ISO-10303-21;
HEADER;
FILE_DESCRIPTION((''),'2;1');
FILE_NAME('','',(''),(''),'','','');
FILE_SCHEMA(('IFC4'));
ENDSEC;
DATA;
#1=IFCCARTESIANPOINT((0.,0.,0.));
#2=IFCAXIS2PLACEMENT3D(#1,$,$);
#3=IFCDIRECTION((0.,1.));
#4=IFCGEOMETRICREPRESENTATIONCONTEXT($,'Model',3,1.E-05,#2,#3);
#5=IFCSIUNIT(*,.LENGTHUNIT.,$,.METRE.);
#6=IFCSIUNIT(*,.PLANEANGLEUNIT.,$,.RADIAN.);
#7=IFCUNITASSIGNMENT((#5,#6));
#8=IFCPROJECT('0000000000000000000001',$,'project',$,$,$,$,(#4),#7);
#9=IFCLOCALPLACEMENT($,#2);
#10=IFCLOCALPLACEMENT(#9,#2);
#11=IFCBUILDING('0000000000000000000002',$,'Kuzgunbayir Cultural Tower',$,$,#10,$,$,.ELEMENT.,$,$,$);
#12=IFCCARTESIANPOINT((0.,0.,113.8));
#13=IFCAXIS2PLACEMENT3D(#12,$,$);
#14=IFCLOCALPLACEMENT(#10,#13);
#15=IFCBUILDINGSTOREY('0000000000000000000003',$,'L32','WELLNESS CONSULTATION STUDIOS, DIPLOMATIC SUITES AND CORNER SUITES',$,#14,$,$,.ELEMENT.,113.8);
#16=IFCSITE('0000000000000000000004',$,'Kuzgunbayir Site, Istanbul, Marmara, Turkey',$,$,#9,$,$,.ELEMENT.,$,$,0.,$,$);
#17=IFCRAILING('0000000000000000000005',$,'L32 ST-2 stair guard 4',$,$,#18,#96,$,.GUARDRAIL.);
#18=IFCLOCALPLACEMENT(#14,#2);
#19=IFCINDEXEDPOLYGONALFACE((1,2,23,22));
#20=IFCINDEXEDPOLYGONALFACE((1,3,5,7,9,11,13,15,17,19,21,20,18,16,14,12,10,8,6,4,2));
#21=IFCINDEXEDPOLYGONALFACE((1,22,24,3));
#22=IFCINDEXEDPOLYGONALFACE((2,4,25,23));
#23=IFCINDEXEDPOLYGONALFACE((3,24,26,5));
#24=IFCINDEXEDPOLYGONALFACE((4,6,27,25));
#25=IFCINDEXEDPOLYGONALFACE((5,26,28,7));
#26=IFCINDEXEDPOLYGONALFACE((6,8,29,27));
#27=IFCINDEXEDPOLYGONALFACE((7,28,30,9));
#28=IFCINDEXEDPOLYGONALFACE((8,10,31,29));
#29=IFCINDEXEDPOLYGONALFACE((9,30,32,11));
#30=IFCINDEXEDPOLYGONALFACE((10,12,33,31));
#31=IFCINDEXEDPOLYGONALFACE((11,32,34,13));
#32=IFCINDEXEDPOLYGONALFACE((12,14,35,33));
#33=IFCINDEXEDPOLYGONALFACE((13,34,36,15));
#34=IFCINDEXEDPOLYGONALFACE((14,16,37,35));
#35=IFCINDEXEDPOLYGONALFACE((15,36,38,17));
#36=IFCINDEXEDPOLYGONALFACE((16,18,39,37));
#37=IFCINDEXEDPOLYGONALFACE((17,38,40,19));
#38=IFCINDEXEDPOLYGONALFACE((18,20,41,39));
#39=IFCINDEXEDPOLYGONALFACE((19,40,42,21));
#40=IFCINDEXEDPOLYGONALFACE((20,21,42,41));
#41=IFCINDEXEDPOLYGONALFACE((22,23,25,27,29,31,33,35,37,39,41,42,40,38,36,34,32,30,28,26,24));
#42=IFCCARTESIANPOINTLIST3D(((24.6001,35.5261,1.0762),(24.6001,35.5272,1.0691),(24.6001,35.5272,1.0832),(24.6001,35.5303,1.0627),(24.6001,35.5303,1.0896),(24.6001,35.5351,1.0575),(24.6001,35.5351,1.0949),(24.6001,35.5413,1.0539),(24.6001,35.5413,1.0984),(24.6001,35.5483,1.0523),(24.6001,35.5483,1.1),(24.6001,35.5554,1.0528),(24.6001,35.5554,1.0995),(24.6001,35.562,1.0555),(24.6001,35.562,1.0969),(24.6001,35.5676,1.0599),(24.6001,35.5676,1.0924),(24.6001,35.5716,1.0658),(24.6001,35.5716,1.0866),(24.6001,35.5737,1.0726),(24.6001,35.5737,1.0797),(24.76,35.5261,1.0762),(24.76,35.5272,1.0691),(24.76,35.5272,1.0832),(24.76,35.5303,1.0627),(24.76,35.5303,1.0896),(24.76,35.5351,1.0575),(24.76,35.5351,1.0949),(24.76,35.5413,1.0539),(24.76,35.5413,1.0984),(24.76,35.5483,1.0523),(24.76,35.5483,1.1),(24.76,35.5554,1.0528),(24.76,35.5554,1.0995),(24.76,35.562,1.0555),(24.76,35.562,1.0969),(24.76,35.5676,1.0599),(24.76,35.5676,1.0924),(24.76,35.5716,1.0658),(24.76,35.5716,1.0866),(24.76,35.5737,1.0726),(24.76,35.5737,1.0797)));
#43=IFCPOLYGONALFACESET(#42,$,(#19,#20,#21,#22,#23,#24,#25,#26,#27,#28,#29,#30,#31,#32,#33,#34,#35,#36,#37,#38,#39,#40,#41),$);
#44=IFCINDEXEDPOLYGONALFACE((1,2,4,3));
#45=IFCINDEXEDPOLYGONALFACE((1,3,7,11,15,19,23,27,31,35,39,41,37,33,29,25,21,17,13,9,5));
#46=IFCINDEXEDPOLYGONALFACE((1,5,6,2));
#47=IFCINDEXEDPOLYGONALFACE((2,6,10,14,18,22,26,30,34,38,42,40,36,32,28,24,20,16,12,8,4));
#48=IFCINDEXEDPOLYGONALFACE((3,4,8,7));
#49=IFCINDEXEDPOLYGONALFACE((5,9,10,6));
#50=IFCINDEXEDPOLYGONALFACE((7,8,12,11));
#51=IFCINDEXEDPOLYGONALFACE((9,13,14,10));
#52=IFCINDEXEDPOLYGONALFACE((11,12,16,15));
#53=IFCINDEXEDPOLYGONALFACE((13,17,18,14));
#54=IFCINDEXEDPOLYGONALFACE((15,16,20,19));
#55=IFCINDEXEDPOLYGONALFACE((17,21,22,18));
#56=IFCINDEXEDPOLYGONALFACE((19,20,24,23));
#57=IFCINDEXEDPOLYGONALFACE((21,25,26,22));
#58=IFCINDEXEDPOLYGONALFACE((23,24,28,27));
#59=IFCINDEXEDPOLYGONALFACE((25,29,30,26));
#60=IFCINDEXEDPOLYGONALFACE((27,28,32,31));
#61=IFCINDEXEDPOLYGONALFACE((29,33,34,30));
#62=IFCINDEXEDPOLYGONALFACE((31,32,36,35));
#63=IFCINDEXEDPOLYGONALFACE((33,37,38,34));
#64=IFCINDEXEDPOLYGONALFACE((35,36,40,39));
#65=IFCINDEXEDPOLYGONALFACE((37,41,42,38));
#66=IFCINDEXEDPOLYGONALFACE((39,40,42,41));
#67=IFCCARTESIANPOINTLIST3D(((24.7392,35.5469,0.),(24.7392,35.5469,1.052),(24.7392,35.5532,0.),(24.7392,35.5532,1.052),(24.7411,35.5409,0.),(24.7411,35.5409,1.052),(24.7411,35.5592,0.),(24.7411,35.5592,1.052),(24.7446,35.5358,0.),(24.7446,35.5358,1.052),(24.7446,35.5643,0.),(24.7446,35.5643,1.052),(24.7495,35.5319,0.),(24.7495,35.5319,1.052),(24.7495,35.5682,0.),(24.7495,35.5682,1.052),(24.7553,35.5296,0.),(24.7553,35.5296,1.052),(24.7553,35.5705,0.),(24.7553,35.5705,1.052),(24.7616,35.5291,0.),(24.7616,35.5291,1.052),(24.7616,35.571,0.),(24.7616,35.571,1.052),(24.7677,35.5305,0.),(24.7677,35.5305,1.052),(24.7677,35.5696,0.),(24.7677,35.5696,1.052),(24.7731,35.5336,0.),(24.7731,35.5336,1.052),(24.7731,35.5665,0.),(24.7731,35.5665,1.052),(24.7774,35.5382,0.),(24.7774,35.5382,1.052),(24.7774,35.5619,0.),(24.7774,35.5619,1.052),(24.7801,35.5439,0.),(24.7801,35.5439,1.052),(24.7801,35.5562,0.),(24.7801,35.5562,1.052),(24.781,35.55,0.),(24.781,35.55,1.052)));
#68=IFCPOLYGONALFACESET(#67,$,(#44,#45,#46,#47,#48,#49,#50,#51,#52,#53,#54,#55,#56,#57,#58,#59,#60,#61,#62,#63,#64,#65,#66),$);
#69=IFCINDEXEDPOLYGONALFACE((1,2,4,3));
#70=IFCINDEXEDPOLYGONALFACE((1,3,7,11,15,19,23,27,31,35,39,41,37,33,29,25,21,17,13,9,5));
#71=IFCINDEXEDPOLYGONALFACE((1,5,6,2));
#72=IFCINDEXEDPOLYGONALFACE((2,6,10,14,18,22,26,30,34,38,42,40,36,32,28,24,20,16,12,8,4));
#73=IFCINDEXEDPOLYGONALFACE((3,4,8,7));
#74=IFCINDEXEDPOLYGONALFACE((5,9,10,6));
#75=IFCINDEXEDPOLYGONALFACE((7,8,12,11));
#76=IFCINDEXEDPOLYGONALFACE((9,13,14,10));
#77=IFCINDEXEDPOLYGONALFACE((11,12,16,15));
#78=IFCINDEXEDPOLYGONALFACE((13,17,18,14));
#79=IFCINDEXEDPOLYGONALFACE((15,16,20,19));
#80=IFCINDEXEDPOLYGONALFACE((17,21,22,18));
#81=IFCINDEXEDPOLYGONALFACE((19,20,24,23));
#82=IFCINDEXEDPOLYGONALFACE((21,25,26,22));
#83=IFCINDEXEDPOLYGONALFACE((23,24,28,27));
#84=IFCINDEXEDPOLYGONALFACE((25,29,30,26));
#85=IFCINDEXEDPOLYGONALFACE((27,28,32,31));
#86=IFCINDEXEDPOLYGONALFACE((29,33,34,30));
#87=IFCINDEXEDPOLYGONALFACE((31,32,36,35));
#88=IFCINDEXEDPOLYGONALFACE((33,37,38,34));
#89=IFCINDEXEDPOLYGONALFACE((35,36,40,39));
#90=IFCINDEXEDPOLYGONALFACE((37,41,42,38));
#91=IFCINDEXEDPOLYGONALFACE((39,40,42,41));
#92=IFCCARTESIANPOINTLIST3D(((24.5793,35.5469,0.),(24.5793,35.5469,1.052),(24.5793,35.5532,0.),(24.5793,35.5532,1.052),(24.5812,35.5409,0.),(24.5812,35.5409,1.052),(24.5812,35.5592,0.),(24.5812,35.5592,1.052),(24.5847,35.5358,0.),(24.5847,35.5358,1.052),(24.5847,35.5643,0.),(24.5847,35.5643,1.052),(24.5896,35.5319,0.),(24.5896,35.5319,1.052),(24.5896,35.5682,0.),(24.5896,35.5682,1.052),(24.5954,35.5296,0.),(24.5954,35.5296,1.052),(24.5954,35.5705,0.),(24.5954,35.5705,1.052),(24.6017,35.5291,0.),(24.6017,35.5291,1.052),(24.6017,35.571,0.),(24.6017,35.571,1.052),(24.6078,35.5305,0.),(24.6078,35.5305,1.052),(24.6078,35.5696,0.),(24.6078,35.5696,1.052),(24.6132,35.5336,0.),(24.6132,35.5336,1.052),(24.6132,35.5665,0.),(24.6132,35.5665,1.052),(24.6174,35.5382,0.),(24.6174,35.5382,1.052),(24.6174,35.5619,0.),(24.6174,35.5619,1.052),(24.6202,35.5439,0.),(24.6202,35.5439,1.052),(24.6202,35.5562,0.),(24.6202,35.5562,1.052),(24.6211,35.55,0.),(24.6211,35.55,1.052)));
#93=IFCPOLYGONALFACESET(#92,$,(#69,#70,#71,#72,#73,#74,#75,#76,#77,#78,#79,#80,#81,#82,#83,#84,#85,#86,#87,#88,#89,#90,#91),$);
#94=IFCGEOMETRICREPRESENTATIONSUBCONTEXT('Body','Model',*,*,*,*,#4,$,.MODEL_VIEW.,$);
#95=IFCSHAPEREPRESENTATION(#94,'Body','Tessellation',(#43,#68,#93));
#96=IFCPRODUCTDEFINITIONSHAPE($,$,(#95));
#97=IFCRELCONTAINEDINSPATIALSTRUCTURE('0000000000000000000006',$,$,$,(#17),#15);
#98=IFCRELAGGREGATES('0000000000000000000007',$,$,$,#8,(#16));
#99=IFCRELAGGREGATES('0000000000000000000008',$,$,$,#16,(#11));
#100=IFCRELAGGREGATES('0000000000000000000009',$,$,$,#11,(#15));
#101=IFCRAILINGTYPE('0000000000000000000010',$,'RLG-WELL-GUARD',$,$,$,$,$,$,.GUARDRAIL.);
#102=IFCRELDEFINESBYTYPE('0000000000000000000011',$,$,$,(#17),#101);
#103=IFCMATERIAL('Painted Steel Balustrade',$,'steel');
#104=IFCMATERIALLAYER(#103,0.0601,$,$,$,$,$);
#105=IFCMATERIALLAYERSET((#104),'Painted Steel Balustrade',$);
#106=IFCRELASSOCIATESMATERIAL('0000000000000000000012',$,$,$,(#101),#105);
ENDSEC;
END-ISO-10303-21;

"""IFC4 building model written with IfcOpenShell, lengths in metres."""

from ifc_helpers import new_model, si_unit, direction, frame, origin, origin_2d, place, context, subcontext, project, spatial, circle, extrude, material, layer, layer_set, type_object, element, save


model = new_model("IFC4")

# Units and contexts
model_context = context("Model", 3, precision=1e-05, world=origin(), true_north=direction((0.0, 1.0)))
body_context = subcontext(model_context, "Body", "Model", "MODEL_VIEW")
ifc_project = project(units=[si_unit("LENGTHUNIT", "METRE"), si_unit("PLANEANGLEUNIT", "RADIAN")], contexts=[model_context])

# Site, building, storey
site_placement = place(None, origin())
site = spatial("IfcSite", under=ifc_project, at=site_placement, Name="Kuzgunbayir Site, Istanbul, Marmara, Turkey", CompositionType="ELEMENT", RefElevation=0.0)
building_placement = place(site_placement, origin())
building = spatial("IfcBuilding", under=site, at=building_placement, Name="Kuzgunbayir Cultural Tower", CompositionType="ELEMENT")
storey_placement = place(building_placement, frame((0.0, 0.0, 113.8)))
storey = spatial("IfcBuildingStorey", under=building, at=storey_placement, Name="L32", Description="WELLNESS CONSULTATION STUDIOS, DIPLOMATIC SUITES AND CORNER SUITES", CompositionType="ELEMENT", Elevation=113.8)

# Railing
ifc_material_1 = material(Name="Painted Steel Balustrade", Category="steel")
ifc_layer_1 = layer(ifc_material_1, 0.0601)
ifc_layer_set_1 = layer_set([ifc_layer_1], Name="Painted Steel Balustrade")
railing_type_1 = type_object("IfcRailingType", Name="RLG-WELL-GUARD", PredefinedType="GUARDRAIL", material=ifc_layer_set_1)
railing_1_placement = place(storey_placement, frame((24.76, 35.55, 0.0)))
element("IfcRailing", 1, at=railing_1_placement, inside=storey, type_object=railing_type_1, Name="L32 ST-2 stair guard 4", PredefinedType="GUARDRAIL", context=body_context, shape_type="SweptSolid", body=[
    extrude(circle(Radius=0.0239, at=origin_2d()), frame((0.0, 0.0, 1.0762), z_axis=(-1.0, 0.0, 0.0), x_axis=(0.0, -1.0, 0.0)), (0.0, 0.0, 1.0), 0.1599),
    extrude(circle(Radius=0.021, at=origin_2d()), origin(), (0.0, 0.0, 1.0), 1.052),
    extrude(circle(Radius=0.021, at=origin_2d()), frame((-0.1599, 0.0, 0.0)), (0.0, 0.0, 1.0), 1.052),
])

save(model, "model.ifc")
